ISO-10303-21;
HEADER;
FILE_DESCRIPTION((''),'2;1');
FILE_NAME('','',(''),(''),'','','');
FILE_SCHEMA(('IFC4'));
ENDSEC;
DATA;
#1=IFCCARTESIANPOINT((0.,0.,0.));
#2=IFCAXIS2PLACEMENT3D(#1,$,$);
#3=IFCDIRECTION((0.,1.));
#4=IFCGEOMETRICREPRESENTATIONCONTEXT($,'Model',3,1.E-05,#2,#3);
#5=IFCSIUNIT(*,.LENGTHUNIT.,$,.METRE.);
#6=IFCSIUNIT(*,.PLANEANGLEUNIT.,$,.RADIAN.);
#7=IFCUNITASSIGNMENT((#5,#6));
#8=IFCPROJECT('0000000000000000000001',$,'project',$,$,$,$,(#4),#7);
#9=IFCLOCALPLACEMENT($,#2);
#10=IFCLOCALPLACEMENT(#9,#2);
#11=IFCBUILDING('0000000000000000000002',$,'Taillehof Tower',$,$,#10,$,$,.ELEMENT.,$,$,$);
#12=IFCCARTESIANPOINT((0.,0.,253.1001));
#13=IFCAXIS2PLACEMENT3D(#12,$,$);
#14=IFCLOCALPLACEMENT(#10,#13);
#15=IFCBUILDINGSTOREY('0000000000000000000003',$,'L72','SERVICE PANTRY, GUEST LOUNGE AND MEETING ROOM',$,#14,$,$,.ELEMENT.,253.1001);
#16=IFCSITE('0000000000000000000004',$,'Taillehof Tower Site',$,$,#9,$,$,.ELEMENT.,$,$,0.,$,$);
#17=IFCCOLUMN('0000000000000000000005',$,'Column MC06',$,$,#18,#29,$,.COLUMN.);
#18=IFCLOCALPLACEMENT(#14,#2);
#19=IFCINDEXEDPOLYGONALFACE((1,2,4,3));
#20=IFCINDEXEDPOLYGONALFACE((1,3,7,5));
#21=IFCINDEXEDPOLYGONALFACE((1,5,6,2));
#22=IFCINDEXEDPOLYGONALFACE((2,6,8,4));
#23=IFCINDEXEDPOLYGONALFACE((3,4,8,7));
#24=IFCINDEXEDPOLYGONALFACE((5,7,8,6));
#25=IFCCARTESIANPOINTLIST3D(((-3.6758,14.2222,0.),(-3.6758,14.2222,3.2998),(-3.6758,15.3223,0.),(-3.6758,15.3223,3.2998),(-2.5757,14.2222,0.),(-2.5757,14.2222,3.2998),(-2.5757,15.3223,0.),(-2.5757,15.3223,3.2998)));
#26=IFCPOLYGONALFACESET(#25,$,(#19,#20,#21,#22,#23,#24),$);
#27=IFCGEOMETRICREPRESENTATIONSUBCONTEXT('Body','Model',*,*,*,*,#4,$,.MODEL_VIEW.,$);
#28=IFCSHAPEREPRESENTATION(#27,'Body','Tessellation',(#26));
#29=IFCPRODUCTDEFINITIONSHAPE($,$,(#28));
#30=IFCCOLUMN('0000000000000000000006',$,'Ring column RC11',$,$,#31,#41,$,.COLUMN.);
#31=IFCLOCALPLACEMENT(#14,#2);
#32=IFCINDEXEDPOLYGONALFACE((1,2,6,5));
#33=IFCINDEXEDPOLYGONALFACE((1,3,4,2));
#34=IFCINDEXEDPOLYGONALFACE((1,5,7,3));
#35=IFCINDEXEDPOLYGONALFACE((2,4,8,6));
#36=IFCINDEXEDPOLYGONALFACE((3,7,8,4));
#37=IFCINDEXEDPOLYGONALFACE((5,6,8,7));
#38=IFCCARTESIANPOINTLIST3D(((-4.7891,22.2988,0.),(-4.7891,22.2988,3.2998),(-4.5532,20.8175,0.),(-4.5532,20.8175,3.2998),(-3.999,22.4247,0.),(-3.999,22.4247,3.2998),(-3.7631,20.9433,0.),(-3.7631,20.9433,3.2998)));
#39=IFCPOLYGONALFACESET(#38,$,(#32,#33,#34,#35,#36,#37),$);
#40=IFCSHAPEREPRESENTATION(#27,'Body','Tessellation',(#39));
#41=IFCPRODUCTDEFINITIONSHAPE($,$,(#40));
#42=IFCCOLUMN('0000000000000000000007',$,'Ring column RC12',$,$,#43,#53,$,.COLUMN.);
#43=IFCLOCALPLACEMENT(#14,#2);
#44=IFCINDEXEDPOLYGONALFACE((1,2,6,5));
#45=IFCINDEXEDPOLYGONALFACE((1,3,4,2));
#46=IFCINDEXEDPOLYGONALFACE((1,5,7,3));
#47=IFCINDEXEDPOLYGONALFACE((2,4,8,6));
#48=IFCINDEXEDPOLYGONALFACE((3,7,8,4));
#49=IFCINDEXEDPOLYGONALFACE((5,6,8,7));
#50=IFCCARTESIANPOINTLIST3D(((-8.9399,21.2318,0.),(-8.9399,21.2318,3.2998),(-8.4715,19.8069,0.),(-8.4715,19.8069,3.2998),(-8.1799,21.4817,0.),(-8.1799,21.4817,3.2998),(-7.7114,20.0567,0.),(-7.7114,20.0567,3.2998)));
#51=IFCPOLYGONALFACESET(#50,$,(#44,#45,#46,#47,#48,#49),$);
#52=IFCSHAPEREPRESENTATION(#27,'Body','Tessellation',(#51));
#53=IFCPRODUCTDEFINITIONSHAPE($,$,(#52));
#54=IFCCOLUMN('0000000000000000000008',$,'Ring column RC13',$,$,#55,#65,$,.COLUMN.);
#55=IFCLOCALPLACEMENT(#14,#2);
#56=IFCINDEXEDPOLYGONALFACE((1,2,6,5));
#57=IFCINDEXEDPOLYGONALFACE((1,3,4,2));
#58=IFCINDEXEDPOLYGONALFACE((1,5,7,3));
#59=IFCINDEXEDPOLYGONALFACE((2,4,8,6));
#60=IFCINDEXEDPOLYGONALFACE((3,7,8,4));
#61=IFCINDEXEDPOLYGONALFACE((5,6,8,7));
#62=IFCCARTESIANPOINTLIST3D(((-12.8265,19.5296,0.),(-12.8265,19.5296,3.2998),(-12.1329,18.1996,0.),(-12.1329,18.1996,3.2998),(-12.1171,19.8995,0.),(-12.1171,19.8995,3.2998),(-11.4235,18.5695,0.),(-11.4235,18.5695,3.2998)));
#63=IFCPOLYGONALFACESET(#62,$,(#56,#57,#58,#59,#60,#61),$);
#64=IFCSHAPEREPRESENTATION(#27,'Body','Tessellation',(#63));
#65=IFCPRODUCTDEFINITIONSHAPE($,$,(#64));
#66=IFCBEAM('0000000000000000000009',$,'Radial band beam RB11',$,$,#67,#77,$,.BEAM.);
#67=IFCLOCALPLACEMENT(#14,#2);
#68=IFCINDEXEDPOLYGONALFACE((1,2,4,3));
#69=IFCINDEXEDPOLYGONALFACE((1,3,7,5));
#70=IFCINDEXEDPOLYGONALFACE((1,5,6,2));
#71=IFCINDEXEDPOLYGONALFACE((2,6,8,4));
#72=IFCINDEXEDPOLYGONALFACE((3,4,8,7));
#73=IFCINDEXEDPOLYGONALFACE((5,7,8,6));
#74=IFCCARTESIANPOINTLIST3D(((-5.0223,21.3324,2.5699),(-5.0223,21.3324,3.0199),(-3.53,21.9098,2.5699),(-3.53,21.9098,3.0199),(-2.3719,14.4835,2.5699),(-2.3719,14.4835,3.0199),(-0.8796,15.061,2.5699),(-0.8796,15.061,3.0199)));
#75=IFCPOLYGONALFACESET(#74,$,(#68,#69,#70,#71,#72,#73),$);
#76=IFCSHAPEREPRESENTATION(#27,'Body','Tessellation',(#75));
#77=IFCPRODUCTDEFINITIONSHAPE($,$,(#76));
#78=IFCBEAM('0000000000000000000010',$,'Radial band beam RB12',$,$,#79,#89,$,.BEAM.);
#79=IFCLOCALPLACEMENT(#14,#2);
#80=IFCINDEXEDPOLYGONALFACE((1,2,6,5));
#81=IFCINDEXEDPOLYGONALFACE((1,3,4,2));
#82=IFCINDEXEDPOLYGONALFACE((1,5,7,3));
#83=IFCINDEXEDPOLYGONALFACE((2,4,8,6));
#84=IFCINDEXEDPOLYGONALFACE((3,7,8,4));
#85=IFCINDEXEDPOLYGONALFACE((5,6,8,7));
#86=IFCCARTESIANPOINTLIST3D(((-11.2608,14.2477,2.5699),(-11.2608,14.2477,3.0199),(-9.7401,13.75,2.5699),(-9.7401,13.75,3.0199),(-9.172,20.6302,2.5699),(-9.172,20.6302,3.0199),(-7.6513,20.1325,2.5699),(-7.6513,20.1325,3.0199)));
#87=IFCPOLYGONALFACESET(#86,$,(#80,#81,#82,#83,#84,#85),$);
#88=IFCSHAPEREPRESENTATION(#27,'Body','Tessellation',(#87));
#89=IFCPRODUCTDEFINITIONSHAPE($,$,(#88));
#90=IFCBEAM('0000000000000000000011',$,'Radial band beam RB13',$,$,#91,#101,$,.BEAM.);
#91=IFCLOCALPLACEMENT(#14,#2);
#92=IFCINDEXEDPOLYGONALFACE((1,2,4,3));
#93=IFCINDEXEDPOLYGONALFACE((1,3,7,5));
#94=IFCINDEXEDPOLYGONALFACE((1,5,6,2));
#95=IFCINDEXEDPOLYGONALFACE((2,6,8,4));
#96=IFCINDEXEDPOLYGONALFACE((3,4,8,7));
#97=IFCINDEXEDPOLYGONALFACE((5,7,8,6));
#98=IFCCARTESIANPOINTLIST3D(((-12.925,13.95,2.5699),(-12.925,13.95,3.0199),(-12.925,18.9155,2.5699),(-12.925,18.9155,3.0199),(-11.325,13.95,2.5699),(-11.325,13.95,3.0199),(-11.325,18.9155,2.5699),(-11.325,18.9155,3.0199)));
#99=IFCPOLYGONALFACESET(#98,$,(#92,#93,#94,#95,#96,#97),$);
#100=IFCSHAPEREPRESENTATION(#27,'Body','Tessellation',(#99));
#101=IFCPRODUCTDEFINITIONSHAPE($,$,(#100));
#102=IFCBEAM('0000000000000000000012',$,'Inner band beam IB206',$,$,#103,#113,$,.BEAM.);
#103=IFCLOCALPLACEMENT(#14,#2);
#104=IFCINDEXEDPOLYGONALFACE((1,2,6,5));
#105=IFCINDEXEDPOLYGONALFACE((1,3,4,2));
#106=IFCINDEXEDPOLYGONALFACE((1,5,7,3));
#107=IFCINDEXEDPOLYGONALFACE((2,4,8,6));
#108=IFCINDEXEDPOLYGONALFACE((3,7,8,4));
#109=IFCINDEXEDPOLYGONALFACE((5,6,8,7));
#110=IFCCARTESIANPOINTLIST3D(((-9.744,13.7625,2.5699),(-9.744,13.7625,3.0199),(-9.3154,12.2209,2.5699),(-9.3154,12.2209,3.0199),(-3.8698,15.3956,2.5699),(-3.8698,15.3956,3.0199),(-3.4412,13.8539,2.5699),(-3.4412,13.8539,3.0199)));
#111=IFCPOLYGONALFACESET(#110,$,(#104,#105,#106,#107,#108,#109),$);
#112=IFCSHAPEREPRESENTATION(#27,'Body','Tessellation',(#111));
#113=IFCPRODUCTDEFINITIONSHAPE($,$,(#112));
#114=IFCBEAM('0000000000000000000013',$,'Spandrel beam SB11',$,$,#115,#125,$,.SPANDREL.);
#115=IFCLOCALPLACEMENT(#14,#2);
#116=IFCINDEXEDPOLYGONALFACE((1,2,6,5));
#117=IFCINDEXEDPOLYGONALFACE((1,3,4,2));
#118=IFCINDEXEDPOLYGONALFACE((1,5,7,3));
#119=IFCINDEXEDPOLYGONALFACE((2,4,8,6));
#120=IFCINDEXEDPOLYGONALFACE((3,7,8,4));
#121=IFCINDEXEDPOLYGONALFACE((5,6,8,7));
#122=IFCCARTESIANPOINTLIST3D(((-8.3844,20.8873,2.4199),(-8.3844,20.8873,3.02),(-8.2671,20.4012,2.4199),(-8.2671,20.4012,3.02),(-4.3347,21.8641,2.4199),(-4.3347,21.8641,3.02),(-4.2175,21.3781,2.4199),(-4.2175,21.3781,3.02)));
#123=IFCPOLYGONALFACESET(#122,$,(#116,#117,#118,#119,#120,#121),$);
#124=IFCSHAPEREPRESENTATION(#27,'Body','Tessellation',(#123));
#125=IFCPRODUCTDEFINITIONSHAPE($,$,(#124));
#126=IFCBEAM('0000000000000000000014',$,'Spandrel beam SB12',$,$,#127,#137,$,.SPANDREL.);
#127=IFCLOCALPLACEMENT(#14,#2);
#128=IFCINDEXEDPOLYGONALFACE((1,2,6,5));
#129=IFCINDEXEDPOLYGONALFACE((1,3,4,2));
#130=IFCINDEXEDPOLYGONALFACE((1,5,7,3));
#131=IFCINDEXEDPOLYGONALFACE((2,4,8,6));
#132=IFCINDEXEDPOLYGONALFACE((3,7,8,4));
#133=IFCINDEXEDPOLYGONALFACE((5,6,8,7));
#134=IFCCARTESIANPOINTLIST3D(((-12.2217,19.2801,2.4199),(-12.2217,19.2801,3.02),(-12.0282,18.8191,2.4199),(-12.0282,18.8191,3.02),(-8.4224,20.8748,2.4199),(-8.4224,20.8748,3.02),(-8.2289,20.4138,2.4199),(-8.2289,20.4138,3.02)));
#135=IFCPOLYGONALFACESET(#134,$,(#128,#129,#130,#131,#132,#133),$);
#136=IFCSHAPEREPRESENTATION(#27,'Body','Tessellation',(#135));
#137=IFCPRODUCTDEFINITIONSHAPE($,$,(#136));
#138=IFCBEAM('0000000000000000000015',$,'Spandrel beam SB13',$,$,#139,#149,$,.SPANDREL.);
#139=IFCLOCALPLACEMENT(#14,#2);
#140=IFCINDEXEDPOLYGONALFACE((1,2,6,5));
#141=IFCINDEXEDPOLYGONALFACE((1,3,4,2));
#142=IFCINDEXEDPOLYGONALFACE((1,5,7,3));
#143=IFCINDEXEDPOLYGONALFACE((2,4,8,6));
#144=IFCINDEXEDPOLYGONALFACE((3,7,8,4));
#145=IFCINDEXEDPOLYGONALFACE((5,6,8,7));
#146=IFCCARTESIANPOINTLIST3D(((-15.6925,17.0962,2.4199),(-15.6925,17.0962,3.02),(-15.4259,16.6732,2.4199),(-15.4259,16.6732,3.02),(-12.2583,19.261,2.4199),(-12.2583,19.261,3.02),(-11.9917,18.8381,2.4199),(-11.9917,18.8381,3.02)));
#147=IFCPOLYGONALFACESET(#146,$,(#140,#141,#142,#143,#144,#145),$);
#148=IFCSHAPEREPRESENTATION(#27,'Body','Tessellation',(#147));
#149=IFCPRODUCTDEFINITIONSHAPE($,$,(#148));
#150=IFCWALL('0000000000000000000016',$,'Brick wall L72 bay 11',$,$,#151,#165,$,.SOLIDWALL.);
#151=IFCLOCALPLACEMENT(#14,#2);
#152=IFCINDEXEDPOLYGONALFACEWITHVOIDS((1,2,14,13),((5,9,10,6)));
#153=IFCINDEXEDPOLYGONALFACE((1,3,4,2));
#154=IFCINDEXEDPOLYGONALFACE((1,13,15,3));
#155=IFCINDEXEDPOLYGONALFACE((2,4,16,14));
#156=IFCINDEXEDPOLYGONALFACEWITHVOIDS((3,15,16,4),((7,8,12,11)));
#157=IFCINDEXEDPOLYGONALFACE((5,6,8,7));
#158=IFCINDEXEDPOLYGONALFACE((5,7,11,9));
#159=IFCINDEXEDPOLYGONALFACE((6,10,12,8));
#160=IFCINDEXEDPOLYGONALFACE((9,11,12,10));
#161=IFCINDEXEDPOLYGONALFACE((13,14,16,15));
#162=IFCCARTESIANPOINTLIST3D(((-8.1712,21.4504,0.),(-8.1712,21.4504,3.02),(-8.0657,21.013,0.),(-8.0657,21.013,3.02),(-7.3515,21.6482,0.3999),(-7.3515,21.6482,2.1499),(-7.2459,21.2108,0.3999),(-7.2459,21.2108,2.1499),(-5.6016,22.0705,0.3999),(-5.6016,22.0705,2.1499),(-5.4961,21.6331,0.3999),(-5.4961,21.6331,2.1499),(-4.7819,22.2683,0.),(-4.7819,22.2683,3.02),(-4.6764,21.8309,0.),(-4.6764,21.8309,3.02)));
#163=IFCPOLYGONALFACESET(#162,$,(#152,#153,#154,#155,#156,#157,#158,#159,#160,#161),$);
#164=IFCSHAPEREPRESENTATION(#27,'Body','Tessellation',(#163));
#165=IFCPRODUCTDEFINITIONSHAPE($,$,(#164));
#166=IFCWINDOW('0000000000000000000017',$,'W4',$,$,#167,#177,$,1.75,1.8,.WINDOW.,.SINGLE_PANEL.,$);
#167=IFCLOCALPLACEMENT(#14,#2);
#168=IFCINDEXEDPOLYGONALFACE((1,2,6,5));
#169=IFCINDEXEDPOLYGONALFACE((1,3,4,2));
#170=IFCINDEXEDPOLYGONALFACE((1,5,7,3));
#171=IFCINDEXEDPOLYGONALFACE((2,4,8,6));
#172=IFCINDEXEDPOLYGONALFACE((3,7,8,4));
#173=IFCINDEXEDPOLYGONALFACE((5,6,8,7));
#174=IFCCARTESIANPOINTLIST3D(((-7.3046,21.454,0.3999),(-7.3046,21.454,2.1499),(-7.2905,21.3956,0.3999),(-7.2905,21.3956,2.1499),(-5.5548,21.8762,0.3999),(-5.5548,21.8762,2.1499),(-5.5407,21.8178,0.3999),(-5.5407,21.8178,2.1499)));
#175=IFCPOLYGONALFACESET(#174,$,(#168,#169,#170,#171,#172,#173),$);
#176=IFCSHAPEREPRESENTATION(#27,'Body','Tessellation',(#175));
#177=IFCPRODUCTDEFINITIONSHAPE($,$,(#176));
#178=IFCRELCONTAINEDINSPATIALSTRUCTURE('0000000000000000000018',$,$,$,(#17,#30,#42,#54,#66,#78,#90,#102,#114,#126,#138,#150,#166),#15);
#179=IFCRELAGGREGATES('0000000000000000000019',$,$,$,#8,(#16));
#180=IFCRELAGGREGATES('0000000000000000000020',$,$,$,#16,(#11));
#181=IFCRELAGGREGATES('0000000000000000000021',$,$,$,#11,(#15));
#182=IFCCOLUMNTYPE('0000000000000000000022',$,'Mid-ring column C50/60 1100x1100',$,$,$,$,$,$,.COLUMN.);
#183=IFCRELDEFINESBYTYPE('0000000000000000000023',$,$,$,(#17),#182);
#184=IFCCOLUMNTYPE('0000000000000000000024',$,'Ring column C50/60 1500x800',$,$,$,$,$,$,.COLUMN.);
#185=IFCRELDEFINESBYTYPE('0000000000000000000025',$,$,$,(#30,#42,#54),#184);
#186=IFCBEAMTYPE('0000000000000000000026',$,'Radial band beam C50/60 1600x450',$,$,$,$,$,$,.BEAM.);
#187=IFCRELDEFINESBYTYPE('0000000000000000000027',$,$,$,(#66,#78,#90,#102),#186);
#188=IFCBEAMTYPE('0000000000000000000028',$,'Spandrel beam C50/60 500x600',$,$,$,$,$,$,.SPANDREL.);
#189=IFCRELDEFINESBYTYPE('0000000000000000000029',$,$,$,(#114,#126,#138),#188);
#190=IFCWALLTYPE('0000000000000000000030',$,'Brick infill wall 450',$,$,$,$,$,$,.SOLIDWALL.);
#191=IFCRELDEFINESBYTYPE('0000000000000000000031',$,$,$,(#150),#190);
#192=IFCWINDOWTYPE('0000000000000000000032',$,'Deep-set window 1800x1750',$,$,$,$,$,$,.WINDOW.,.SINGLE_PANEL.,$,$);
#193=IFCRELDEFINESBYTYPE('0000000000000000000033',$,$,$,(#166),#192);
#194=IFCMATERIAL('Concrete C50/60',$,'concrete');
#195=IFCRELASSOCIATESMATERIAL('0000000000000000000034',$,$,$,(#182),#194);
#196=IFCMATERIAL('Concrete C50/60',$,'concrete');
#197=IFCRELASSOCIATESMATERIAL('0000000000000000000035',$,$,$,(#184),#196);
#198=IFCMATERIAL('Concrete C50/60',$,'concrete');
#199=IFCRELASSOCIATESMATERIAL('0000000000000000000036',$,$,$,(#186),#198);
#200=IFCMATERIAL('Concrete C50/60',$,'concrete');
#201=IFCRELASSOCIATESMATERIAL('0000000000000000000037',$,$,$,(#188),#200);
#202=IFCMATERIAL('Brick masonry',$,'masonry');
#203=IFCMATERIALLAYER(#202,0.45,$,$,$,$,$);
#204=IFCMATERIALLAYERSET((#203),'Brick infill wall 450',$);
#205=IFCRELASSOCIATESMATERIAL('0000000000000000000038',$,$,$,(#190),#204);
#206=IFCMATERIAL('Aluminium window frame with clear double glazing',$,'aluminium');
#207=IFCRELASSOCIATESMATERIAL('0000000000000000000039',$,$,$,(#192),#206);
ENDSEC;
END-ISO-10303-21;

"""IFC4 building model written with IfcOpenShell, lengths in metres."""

from ifc_helpers import new_model, si_unit, direction, frame, frame_2d, origin, origin_2d, place, context, subcontext, project, spatial, rectangle, extrude, material, layer, layer_set, material_profile, profile_set, type_object, element, fill, save


model = new_model("IFC4")

# Units and contexts
model_context = context("Model", 3, precision=1e-05, world=origin(), true_north=direction((0.0, 1.0)))
body_context = subcontext(model_context, "Body", "Model", "MODEL_VIEW")
ifc_project = project(units=[si_unit("LENGTHUNIT", "METRE"), si_unit("PLANEANGLEUNIT", "RADIAN")], contexts=[model_context])

# Site, building, storey
site_placement = place(None, origin())
site = spatial("IfcSite", under=ifc_project, at=site_placement, Name="Taillehof Tower Site", CompositionType="ELEMENT", RefElevation=0.0)
building_placement = place(site_placement, origin())
building = spatial("IfcBuilding", under=site, at=building_placement, Name="Taillehof Tower", CompositionType="ELEMENT")
storey_placement = place(building_placement, frame((0.0, 0.0, 253.1001)))
storey = spatial("IfcBuildingStorey", under=building, at=storey_placement, Name="L72", Description="SERVICE PANTRY, GUEST LOUNGE AND MEETING ROOM", CompositionType="ELEMENT", Elevation=253.1001)

# Columns
ifc_material_1 = material(Name="Concrete C50/60", Category="concrete")
ifc_material_profile_1 = material_profile(ifc_material_1, rectangle(XDim=1.1001, YDim=1.1001, at=origin_2d()), Name="RC 1100x1100")
ifc_profile_set_1 = profile_set([ifc_material_profile_1], Name="Concrete C50/60")
column_type_1 = type_object("IfcColumnType", Name="Mid-ring column C50/60 1100x1100", PredefinedType="COLUMN", material=ifc_profile_set_1)
column_placement = place(storey_placement, frame((-3.1257, 14.7722, 0.0), z_axis=(0.0, 0.0, 1.0), x_axis=(1.0, 0.0, 0.0)))
element("IfcColumn", 1, at=column_placement, inside=storey, type_object=column_type_1, Name="Column MC06", PredefinedType="COLUMN", context=body_context, shape_type="SweptSolid", body=[
    extrude(rectangle(XDim=1.1001, YDim=1.1001, at=origin_2d()), origin(), (0.0, 0.0, 1.0), 3.2998),
])
ifc_material_2 = material(Name="Concrete C50/60", Category="concrete")
ifc_material_profile_2 = material_profile(ifc_material_2, rectangle(XDim=1.5, YDim=0.8, at=origin_2d()), Name="RC 1500x800")
ifc_profile_set_2 = profile_set([ifc_material_profile_2], Name="Concrete C50/60")
column_type_2 = type_object("IfcColumnType", Name="Ring column C50/60 1500x800", PredefinedType="COLUMN", material=ifc_profile_set_2)
for number, where, z_axis, x_axis, name in (
    (2, (-4.2761, 21.6211, 0.0), (0.0, 0.0, 1.0), (-0.157281, 0.987554, 0.0), "Ring column RC11"),
    (3, (-8.3257, 20.6443, 0.0), (0.0, 0.0, 1.0), (-0.312304, 0.949982, 0.0), "Ring column RC12"),
    (4, (-12.125, 19.0496, 0.0), (0.0, 0.0, 1.0), (-0.462384, 0.88668, 0.0), "Ring column RC13"),
):
    element("IfcColumn", number, at=place(storey_placement, frame(where, z_axis=z_axis, x_axis=x_axis)), inside=storey, type_object=column_type_2, Name=name, PredefinedType="COLUMN", context=body_context, shape_type="SweptSolid", body=[
        extrude(rectangle(XDim=1.5, YDim=0.8, at=origin_2d()), origin(), (0.0, 0.0, 1.0), 3.2998),
    ])

# Beams
ifc_material_3 = material(Name="Concrete C50/60", Category="concrete")
ifc_material_profile_3 = material_profile(ifc_material_3, rectangle(XDim=1.6001, YDim=0.45, at=origin_2d()), Name="RC 1600x450")
ifc_profile_set_3 = profile_set([ifc_material_profile_3], Name="Concrete C50/60")
beam_type_1 = type_object("IfcBeamType", Name="Radial band beam C50/60 1600x450", PredefinedType="BEAM", material=ifc_profile_set_3)
beam_1_placement = place(storey_placement, frame((-4.2761, 21.6211, 2.7949), z_axis=(0.360901, -0.932604, 0.0), x_axis=(0.932604, 0.360901, 0.0)))
element("IfcBeam", 5, at=beam_1_placement, inside=storey, type_object=beam_type_1, Name="Radial band beam RB11", PredefinedType="BEAM", context=body_context, shape_type="SweptSolid", body=[
    extrude(rectangle(XDim=1.6001, YDim=0.45, at=origin_2d()), origin(), (0.0, 0.0, 1.0), 7.3438),
])
beam_2_placement = place(storey_placement, frame((-8.4116, 20.3813, 2.7949), z_axis=(-0.311043, -0.950396, 0.0), x_axis=(0.950396, -0.311043, 0.0)))
element("IfcBeam", 6, at=beam_2_placement, inside=storey, type_object=beam_type_1, Name="Radial band beam RB12", PredefinedType="BEAM", context=body_context, shape_type="SweptSolid", body=[
    extrude(rectangle(XDim=1.6001, YDim=0.45, at=origin_2d()), origin(), (0.0, 0.0, 1.0), 6.7156),
])
beam_3_placement = place(storey_placement, frame((-12.125, 18.9155, 2.7949), z_axis=(0.0, -1.0, 0.0), x_axis=(1.0, 0.0, 0.0)))
element("IfcBeam", 7, at=beam_3_placement, inside=storey, type_object=beam_type_1, Name="Radial band beam RB13", PredefinedType="BEAM", context=body_context, shape_type="SweptSolid", body=[
    extrude(rectangle(XDim=1.6001, YDim=0.45, at=origin_2d()), origin(), (0.0, 0.0, 1.0), 4.9656),
])
beam_4_placement = place(storey_placement, frame((-3.6555, 14.6248, 2.7949), z_axis=(-0.963459, -0.267855, 0.0), x_axis=(0.267855, -0.963459, 0.0)))
element("IfcBeam", 8, at=beam_4_placement, inside=storey, type_object=beam_type_1, Name="Inner band beam IB206", PredefinedType="BEAM", context=body_context, shape_type="SweptSolid", body=[
    extrude(rectangle(XDim=1.6001, YDim=0.45, at=origin_2d()), origin(), (0.0, 0.0, 1.0), 6.0969),
])
ifc_material_4 = material(Name="Concrete C50/60", Category="concrete")
ifc_material_profile_4 = material_profile(ifc_material_4, rectangle(XDim=0.5, YDim=0.6001, at=origin_2d()), Name="RC 500x600")
ifc_profile_set_4 = profile_set([ifc_material_profile_4], Name="Concrete C50/60")
beam_type_2 = type_object("IfcBeamType", Name="Spandrel beam C50/60 500x600", PredefinedType="SPANDREL", material=ifc_profile_set_4)
beam_5_placement = place(storey_placement, frame((-4.2761, 21.6211, 2.72), z_axis=(-0.972119, -0.234488, 0.0), x_axis=(0.234488, -0.972119, 0.0)))
element("IfcBeam", 9, at=beam_5_placement, inside=storey, type_object=beam_type_2, Name="Spandrel beam SB11", PredefinedType="SPANDREL", context=body_context, shape_type="SweptSolid", body=[
    extrude(rectangle(XDim=0.5, YDim=0.6001, at=origin_2d()), origin(), (0.0, 0.0, 1.0), 4.1658),
])
beam_6_placement = place(storey_placement, frame((-8.3257, 20.6443, 2.72), z_axis=(-0.922068, -0.387029, 0.0), x_axis=(0.387029, -0.922068, 0.0)))
element("IfcBeam", 10, at=beam_6_placement, inside=storey, type_object=beam_type_2, Name="Spandrel beam SB12", PredefinedType="SPANDREL", context=body_context, shape_type="SweptSolid", body=[
    extrude(rectangle(XDim=0.5, YDim=0.6001, at=origin_2d()), origin(), (0.0, 0.0, 1.0), 4.1204),
])
beam_7_placement = place(storey_placement, frame((-12.125, 19.0496, 2.72), z_axis=(-0.845944, -0.533271, 0.0), x_axis=(0.533271, -0.845944, 0.0)))
element("IfcBeam", 11, at=beam_7_placement, inside=storey, type_object=beam_type_2, Name="Spandrel beam SB13", PredefinedType="SPANDREL", context=body_context, shape_type="SweptSolid", body=[
    extrude(rectangle(XDim=0.5, YDim=0.6001, at=origin_2d()), origin(), (0.0, 0.0, 1.0), 4.0596),
])

# Wall, opening, window
ifc_material_5 = material(Name="Brick masonry", Category="masonry")
ifc_layer_1 = layer(ifc_material_5, 0.45)
ifc_layer_set_1 = layer_set([ifc_layer_1], Name="Brick infill wall 450")
wall_type_1 = type_object("IfcWallType", Name="Brick infill wall 450", PredefinedType="SOLIDWALL", material=ifc_layer_set_1)
wall_1_placement = place(storey_placement, frame((-4.7292, 22.0496, 0.0), z_axis=(0.0, 0.0, 1.0), x_axis=(-0.972099, -0.23457, 0.0)))
wall_1 = element("IfcWall", 12, at=wall_1_placement, inside=storey, type_object=wall_type_1, Name="Brick wall L72 bay 11", PredefinedType="SOLIDWALL", context=body_context, shape_type="SweptSolid", body=[
    extrude(rectangle(XDim=3.4866, YDim=0.45, at=frame_2d((1.7432, 0.0))), origin(), (0.0, 0.0, 1.0), 3.02),
])
opening_1_placement = place(wall_1_placement, frame((0.8433, 0.0, 0.3999)))
opening_1 = element("IfcOpeningElement", 13, at=opening_1_placement, cuts=wall_1, PredefinedType="OPENING", context=body_context, shape_type="SweptSolid", body=[
    extrude(rectangle(XDim=1.8, YDim=1.75, at=frame_2d((0.8999, 0.875))), frame((0.0, 0.2349, 0.0), z_axis=(0.0, -1.0, 0.0), x_axis=(1.0, 0.0, 0.0)), (0.0, 0.0, 1.0), 0.47),
])
ifc_material_6 = material(Name="Aluminium window frame with clear double glazing", Category="aluminium")
window_type_1 = type_object("IfcWindowType", Name="Deep-set window 1800x1750", PartitioningType="SINGLE_PANEL", PredefinedType="WINDOW", material=ifc_material_6)
window_1_placement = place(opening_1_placement, origin())
window_1 = element("IfcWindow", 14, at=window_1_placement, inside=storey, type_object=window_type_1, Name="W4", OverallHeight=1.75, OverallWidth=1.8, PartitioningType="SINGLE_PANEL", PredefinedType="WINDOW", context=body_context, shape_type="SweptSolid", body=[
    extrude(rectangle(XDim=1.8, YDim=1.75, at=frame_2d((0.8999, 0.875))), frame((0.0, 0.0349, 0.0), z_axis=(0.0, -1.0, 0.0), x_axis=(1.0, 0.0, 0.0)), (0.0, 0.0, 1.0), 0.0601),
])
fill(opening_1, window_1)

save(model, "model.ifc")
